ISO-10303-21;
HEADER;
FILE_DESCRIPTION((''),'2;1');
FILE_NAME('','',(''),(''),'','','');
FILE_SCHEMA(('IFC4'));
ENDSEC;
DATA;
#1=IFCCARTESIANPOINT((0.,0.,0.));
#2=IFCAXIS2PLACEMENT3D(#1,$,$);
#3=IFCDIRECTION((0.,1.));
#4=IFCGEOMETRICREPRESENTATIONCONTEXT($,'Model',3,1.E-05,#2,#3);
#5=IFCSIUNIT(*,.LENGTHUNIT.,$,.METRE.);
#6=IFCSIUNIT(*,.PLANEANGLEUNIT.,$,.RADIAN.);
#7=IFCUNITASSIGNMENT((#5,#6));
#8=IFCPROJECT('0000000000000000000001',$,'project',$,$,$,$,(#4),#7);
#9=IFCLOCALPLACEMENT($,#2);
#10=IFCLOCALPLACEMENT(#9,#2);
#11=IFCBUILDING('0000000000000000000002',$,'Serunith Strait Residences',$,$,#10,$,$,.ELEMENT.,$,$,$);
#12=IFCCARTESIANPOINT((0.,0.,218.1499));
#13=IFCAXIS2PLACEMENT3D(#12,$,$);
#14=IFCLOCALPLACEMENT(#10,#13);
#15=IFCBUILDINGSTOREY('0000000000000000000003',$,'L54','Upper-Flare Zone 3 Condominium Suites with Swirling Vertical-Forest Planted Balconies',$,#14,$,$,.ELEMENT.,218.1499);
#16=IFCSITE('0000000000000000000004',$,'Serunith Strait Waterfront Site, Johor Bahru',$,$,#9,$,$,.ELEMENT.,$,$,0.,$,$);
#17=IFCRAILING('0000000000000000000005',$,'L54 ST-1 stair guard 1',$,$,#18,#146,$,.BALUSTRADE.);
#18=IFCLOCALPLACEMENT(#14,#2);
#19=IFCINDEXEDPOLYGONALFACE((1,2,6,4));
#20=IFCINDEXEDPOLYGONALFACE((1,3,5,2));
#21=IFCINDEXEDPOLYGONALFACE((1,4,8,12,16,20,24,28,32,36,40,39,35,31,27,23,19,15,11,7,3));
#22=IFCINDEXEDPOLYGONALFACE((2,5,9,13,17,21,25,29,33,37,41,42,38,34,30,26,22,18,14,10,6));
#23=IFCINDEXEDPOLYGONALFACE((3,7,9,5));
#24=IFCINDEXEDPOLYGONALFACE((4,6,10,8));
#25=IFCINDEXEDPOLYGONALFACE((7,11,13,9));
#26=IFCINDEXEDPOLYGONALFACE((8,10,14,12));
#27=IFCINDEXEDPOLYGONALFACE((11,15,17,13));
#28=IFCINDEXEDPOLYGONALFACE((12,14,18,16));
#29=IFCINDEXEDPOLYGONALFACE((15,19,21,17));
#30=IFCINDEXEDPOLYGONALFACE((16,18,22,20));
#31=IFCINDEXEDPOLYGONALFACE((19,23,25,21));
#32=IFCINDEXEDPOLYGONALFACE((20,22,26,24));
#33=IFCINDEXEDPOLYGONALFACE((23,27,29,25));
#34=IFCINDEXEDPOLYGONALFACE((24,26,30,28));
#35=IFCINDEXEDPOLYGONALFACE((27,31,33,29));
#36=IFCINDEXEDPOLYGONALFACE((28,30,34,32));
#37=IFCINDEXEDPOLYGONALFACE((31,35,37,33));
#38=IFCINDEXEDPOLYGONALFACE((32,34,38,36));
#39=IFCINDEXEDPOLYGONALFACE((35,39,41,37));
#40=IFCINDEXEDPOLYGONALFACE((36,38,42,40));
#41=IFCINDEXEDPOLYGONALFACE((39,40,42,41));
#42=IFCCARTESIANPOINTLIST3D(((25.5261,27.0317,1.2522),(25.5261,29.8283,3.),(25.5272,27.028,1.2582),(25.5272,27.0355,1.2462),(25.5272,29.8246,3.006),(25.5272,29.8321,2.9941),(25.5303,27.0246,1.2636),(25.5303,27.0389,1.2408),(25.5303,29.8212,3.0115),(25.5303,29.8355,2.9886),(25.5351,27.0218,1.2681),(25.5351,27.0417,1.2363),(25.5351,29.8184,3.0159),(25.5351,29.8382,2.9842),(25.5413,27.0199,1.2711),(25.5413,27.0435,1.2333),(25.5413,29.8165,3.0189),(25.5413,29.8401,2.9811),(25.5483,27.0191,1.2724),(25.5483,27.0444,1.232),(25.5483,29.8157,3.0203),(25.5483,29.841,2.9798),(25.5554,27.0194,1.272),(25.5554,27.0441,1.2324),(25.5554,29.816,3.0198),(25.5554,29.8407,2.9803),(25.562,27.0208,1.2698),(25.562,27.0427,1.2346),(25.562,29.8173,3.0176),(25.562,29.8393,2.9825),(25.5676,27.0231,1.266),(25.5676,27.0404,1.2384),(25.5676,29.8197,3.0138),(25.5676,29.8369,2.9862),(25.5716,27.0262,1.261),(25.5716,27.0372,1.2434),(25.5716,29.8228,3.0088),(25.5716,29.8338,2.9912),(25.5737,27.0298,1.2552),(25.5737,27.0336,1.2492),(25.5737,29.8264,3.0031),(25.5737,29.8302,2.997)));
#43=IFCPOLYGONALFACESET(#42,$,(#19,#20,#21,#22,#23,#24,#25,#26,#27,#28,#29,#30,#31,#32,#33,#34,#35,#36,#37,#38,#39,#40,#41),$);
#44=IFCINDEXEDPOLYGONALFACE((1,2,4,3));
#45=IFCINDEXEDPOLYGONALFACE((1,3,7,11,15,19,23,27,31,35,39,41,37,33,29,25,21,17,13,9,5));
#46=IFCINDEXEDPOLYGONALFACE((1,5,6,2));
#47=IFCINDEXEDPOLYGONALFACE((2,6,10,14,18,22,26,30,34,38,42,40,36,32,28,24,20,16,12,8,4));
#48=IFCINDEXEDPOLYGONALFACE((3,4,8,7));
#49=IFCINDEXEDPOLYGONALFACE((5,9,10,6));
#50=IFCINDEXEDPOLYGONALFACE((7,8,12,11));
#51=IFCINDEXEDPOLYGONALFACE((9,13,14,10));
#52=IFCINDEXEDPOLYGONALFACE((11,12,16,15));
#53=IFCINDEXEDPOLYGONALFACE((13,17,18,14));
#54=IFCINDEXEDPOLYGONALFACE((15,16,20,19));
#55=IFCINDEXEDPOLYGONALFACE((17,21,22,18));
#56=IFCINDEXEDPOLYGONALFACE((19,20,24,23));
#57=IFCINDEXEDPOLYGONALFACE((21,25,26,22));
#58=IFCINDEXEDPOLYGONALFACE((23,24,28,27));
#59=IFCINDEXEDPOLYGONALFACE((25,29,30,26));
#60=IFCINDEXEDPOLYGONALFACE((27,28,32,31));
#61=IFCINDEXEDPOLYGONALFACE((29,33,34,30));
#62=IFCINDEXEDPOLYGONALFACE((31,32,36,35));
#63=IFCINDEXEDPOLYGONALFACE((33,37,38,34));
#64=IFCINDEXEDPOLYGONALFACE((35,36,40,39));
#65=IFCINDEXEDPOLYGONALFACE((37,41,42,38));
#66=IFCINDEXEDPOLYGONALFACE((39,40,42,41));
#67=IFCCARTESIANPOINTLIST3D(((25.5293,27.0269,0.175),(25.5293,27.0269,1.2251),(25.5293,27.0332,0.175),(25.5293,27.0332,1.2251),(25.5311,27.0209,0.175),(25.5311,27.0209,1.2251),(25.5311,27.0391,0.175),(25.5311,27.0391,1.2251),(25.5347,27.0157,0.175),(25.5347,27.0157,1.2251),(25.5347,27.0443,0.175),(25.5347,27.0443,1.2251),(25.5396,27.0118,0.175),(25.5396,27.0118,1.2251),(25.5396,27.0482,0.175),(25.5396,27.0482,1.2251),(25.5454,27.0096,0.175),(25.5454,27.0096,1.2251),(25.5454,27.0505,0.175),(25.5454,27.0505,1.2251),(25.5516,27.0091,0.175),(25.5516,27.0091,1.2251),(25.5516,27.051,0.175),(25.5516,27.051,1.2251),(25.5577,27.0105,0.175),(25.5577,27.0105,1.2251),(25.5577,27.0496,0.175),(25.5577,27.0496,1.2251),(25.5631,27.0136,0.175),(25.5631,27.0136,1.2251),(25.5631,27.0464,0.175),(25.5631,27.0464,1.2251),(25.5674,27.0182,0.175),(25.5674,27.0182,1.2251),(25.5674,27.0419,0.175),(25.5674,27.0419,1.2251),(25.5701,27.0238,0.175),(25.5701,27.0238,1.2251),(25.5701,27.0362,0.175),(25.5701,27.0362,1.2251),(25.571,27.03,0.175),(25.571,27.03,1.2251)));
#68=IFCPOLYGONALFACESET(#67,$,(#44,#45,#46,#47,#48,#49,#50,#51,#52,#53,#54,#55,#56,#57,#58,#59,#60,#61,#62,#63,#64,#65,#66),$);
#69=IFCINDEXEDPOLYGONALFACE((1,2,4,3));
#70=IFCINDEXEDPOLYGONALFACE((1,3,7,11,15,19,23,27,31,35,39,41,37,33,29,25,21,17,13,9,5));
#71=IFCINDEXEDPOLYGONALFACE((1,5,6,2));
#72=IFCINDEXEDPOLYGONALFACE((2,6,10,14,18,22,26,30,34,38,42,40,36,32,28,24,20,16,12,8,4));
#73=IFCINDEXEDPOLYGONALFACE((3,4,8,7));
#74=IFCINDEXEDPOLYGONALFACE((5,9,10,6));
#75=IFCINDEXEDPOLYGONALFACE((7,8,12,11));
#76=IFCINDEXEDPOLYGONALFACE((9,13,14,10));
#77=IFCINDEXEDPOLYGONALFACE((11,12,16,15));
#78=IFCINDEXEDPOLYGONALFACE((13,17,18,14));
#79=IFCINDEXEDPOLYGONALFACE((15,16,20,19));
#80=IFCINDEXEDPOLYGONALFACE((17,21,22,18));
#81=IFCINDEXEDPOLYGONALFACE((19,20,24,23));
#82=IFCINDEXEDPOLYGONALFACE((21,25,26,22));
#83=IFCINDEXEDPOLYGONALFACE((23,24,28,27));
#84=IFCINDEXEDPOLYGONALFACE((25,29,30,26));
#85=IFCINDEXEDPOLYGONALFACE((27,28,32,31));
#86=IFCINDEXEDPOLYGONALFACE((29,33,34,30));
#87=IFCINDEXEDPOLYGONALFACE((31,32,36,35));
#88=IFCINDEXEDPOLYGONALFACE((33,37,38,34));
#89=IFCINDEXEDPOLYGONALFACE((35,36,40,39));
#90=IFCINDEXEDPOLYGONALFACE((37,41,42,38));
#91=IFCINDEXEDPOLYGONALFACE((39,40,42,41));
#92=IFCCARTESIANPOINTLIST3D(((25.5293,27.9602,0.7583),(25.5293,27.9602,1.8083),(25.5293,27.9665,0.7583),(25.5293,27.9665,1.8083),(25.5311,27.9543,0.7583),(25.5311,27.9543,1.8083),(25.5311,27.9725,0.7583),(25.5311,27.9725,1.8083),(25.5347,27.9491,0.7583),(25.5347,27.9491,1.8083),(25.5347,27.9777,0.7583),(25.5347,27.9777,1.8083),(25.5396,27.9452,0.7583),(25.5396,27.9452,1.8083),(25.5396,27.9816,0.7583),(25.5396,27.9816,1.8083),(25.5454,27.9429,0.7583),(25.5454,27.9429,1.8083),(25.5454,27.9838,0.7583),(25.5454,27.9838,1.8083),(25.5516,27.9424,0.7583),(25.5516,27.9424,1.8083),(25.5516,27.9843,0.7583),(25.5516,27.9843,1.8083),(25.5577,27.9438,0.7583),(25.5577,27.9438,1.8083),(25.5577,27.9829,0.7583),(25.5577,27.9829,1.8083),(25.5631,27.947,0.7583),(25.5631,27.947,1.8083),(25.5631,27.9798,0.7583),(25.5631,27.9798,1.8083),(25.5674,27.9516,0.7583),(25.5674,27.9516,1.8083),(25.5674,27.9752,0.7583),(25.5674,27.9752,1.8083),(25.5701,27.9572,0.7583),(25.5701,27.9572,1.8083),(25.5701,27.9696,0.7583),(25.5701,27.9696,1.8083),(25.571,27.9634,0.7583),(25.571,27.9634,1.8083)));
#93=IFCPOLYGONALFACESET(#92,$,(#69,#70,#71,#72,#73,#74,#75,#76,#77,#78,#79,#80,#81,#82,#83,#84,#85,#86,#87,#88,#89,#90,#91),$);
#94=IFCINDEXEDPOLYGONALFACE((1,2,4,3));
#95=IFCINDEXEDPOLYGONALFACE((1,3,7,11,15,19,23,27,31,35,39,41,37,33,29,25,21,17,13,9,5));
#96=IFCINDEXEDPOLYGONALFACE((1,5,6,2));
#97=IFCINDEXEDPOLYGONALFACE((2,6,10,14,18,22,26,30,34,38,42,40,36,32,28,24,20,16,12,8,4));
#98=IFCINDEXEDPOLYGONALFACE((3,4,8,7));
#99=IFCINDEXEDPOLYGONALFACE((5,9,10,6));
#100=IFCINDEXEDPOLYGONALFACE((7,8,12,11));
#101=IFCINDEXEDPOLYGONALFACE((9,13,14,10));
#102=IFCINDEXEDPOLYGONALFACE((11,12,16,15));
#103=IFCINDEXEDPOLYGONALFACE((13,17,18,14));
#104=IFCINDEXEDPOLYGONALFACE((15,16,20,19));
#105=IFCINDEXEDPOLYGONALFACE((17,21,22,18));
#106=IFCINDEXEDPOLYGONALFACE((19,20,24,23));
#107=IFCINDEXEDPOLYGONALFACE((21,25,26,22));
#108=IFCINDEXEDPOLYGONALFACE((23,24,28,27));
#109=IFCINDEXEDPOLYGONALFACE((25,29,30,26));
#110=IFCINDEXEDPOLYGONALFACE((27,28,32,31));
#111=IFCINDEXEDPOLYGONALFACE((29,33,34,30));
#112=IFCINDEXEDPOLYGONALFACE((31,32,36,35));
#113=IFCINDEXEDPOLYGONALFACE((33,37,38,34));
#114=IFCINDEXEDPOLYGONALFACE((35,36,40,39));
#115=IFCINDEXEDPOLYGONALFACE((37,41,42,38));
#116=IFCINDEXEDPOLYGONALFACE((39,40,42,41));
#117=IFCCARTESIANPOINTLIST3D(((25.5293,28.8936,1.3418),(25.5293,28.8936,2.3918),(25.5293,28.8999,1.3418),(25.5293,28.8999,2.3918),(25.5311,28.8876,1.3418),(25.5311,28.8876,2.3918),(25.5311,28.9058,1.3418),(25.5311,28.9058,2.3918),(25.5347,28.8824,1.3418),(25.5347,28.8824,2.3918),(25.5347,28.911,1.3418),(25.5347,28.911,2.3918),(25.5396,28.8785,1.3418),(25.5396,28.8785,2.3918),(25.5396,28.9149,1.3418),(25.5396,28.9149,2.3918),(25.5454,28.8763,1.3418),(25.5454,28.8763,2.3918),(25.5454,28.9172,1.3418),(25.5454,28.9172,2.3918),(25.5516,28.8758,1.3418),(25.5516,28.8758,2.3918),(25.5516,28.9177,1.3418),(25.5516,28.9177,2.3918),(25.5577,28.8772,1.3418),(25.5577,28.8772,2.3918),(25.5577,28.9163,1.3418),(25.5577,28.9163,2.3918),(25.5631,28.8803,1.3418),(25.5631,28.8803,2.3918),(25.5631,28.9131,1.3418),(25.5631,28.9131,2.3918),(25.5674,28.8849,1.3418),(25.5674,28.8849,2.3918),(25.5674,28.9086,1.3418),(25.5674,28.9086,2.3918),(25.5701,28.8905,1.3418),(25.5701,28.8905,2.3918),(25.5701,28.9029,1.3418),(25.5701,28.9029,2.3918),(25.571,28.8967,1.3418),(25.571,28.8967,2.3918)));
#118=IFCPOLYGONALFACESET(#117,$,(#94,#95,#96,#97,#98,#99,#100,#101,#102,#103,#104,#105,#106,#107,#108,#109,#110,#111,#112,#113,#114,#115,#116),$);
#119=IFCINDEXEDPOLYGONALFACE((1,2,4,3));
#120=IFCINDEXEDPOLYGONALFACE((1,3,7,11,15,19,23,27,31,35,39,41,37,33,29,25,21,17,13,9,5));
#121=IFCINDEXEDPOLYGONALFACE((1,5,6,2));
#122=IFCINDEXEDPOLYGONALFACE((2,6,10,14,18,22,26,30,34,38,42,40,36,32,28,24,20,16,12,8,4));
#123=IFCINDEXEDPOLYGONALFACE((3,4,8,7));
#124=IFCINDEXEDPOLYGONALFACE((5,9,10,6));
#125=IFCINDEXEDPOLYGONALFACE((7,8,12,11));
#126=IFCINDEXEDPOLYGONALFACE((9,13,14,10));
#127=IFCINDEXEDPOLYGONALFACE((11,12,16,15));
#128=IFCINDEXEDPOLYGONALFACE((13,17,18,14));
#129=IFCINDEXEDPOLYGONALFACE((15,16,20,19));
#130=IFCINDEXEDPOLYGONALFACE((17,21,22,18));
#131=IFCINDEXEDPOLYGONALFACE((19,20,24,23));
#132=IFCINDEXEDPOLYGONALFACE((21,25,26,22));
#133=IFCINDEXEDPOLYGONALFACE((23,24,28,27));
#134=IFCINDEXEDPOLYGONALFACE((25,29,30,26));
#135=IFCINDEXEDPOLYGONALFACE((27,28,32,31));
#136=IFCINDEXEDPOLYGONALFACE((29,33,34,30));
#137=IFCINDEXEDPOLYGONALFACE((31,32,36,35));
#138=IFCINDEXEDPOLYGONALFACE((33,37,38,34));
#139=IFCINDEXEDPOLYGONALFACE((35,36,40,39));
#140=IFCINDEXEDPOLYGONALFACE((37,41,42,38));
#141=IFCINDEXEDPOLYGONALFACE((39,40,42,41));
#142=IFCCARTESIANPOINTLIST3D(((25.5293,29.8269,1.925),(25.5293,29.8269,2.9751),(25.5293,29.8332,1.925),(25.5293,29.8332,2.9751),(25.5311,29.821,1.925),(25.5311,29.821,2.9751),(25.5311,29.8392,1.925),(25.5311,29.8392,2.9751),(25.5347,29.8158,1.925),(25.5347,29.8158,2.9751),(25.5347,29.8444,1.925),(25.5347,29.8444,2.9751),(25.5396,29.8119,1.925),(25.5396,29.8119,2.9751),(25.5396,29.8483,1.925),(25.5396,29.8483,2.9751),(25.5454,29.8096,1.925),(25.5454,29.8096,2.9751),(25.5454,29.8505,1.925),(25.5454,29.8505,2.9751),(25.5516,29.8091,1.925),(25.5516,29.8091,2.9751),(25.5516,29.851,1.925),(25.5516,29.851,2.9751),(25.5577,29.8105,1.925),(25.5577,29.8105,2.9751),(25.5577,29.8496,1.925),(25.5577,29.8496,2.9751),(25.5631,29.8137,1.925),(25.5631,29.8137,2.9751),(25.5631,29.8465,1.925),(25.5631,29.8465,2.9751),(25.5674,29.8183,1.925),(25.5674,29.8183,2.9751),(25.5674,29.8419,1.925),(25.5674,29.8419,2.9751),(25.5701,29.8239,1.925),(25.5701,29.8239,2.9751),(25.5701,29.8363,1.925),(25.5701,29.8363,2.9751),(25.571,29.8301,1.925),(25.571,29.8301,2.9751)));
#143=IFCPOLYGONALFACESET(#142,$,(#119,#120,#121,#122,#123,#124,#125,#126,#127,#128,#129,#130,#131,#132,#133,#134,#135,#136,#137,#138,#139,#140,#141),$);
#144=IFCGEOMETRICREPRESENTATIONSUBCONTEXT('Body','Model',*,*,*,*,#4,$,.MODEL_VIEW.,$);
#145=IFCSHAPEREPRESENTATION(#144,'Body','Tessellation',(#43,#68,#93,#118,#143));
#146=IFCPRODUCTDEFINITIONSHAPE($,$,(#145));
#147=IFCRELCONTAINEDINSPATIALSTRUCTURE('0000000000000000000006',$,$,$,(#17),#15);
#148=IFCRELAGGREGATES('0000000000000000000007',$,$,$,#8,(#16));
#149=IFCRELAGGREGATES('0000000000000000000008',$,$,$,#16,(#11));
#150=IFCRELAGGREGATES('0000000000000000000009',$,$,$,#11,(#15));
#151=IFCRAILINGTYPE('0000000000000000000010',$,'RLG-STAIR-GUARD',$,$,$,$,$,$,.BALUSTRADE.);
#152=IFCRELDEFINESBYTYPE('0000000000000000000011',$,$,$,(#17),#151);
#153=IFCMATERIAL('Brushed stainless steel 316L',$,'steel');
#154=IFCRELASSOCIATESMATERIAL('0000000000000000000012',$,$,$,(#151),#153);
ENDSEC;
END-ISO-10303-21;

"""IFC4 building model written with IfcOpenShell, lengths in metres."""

from ifc_helpers import new_model, si_unit, direction, frame, origin, origin_2d, place, context, subcontext, project, spatial, circle, extrude, material, type_object, element, save


model = new_model("IFC4")

# Units and contexts
model_context = context("Model", 3, precision=1e-05, world=origin(), true_north=direction((0.0, 1.0)))
body_context = subcontext(model_context, "Body", "Model", "MODEL_VIEW")
ifc_project = project(units=[si_unit("LENGTHUNIT", "METRE"), si_unit("PLANEANGLEUNIT", "RADIAN")], contexts=[model_context])

# Site, building, storey
site_placement = place(None, origin())
site = spatial("IfcSite", under=ifc_project, at=site_placement, Name="Serunith Strait Waterfront Site, Johor Bahru", CompositionType="ELEMENT", RefElevation=0.0)
building_placement = place(site_placement, origin())
building = spatial("IfcBuilding", under=site, at=building_placement, Name="Serunith Strait Residences", CompositionType="ELEMENT")
storey_placement = place(building_placement, frame((0.0, 0.0, 218.1499)))
storey = spatial("IfcBuildingStorey", under=building, at=storey_placement, Name="L54", Description="Upper-Flare Zone 3 Condominium Suites with Swirling Vertical-Forest Planted Balconies", CompositionType="ELEMENT", Elevation=218.1499)

# Railing
ifc_material_1 = material(Name="Brushed stainless steel 316L", Category="steel")
railing_type_1 = type_object("IfcRailingType", Name="RLG-STAIR-GUARD", PredefinedType="BALUSTRADE", material=ifc_material_1)
railing_1_placement = place(storey_placement, frame((25.55, 27.03, 0.175)))
element("IfcRailing", 1, at=railing_1_placement, inside=storey, type_object=railing_type_1, Name="L54 ST-1 stair guard 1", PredefinedType="BALUSTRADE", context=body_context, shape_type="SweptSolid", body=[
    extrude(circle(Radius=0.0239, at=origin_2d()), frame((0.0, 0.0017, 1.0771), z_axis=(0.0, 0.848002, 0.529992), x_axis=(-1.0, 0.0, 0.0)), (0.0, 0.0, 1.0), 3.2979),
    extrude(circle(Radius=0.021, at=origin_2d()), origin(), (0.0, 0.0, 1.0), 1.05),
    extrude(circle(Radius=0.021, at=origin_2d()), frame((0.0, 0.9333, 0.5833)), (0.0, 0.0, 1.0), 1.05),
    extrude(circle(Radius=0.021, at=origin_2d()), frame((0.0, 1.8667, 1.1667)), (0.0, 0.0, 1.0), 1.05),
    extrude(circle(Radius=0.021, at=origin_2d()), frame((0.0, 2.8, 1.75)), (0.0, 0.0, 1.0), 1.05),
])

save(model, "model.ifc")
